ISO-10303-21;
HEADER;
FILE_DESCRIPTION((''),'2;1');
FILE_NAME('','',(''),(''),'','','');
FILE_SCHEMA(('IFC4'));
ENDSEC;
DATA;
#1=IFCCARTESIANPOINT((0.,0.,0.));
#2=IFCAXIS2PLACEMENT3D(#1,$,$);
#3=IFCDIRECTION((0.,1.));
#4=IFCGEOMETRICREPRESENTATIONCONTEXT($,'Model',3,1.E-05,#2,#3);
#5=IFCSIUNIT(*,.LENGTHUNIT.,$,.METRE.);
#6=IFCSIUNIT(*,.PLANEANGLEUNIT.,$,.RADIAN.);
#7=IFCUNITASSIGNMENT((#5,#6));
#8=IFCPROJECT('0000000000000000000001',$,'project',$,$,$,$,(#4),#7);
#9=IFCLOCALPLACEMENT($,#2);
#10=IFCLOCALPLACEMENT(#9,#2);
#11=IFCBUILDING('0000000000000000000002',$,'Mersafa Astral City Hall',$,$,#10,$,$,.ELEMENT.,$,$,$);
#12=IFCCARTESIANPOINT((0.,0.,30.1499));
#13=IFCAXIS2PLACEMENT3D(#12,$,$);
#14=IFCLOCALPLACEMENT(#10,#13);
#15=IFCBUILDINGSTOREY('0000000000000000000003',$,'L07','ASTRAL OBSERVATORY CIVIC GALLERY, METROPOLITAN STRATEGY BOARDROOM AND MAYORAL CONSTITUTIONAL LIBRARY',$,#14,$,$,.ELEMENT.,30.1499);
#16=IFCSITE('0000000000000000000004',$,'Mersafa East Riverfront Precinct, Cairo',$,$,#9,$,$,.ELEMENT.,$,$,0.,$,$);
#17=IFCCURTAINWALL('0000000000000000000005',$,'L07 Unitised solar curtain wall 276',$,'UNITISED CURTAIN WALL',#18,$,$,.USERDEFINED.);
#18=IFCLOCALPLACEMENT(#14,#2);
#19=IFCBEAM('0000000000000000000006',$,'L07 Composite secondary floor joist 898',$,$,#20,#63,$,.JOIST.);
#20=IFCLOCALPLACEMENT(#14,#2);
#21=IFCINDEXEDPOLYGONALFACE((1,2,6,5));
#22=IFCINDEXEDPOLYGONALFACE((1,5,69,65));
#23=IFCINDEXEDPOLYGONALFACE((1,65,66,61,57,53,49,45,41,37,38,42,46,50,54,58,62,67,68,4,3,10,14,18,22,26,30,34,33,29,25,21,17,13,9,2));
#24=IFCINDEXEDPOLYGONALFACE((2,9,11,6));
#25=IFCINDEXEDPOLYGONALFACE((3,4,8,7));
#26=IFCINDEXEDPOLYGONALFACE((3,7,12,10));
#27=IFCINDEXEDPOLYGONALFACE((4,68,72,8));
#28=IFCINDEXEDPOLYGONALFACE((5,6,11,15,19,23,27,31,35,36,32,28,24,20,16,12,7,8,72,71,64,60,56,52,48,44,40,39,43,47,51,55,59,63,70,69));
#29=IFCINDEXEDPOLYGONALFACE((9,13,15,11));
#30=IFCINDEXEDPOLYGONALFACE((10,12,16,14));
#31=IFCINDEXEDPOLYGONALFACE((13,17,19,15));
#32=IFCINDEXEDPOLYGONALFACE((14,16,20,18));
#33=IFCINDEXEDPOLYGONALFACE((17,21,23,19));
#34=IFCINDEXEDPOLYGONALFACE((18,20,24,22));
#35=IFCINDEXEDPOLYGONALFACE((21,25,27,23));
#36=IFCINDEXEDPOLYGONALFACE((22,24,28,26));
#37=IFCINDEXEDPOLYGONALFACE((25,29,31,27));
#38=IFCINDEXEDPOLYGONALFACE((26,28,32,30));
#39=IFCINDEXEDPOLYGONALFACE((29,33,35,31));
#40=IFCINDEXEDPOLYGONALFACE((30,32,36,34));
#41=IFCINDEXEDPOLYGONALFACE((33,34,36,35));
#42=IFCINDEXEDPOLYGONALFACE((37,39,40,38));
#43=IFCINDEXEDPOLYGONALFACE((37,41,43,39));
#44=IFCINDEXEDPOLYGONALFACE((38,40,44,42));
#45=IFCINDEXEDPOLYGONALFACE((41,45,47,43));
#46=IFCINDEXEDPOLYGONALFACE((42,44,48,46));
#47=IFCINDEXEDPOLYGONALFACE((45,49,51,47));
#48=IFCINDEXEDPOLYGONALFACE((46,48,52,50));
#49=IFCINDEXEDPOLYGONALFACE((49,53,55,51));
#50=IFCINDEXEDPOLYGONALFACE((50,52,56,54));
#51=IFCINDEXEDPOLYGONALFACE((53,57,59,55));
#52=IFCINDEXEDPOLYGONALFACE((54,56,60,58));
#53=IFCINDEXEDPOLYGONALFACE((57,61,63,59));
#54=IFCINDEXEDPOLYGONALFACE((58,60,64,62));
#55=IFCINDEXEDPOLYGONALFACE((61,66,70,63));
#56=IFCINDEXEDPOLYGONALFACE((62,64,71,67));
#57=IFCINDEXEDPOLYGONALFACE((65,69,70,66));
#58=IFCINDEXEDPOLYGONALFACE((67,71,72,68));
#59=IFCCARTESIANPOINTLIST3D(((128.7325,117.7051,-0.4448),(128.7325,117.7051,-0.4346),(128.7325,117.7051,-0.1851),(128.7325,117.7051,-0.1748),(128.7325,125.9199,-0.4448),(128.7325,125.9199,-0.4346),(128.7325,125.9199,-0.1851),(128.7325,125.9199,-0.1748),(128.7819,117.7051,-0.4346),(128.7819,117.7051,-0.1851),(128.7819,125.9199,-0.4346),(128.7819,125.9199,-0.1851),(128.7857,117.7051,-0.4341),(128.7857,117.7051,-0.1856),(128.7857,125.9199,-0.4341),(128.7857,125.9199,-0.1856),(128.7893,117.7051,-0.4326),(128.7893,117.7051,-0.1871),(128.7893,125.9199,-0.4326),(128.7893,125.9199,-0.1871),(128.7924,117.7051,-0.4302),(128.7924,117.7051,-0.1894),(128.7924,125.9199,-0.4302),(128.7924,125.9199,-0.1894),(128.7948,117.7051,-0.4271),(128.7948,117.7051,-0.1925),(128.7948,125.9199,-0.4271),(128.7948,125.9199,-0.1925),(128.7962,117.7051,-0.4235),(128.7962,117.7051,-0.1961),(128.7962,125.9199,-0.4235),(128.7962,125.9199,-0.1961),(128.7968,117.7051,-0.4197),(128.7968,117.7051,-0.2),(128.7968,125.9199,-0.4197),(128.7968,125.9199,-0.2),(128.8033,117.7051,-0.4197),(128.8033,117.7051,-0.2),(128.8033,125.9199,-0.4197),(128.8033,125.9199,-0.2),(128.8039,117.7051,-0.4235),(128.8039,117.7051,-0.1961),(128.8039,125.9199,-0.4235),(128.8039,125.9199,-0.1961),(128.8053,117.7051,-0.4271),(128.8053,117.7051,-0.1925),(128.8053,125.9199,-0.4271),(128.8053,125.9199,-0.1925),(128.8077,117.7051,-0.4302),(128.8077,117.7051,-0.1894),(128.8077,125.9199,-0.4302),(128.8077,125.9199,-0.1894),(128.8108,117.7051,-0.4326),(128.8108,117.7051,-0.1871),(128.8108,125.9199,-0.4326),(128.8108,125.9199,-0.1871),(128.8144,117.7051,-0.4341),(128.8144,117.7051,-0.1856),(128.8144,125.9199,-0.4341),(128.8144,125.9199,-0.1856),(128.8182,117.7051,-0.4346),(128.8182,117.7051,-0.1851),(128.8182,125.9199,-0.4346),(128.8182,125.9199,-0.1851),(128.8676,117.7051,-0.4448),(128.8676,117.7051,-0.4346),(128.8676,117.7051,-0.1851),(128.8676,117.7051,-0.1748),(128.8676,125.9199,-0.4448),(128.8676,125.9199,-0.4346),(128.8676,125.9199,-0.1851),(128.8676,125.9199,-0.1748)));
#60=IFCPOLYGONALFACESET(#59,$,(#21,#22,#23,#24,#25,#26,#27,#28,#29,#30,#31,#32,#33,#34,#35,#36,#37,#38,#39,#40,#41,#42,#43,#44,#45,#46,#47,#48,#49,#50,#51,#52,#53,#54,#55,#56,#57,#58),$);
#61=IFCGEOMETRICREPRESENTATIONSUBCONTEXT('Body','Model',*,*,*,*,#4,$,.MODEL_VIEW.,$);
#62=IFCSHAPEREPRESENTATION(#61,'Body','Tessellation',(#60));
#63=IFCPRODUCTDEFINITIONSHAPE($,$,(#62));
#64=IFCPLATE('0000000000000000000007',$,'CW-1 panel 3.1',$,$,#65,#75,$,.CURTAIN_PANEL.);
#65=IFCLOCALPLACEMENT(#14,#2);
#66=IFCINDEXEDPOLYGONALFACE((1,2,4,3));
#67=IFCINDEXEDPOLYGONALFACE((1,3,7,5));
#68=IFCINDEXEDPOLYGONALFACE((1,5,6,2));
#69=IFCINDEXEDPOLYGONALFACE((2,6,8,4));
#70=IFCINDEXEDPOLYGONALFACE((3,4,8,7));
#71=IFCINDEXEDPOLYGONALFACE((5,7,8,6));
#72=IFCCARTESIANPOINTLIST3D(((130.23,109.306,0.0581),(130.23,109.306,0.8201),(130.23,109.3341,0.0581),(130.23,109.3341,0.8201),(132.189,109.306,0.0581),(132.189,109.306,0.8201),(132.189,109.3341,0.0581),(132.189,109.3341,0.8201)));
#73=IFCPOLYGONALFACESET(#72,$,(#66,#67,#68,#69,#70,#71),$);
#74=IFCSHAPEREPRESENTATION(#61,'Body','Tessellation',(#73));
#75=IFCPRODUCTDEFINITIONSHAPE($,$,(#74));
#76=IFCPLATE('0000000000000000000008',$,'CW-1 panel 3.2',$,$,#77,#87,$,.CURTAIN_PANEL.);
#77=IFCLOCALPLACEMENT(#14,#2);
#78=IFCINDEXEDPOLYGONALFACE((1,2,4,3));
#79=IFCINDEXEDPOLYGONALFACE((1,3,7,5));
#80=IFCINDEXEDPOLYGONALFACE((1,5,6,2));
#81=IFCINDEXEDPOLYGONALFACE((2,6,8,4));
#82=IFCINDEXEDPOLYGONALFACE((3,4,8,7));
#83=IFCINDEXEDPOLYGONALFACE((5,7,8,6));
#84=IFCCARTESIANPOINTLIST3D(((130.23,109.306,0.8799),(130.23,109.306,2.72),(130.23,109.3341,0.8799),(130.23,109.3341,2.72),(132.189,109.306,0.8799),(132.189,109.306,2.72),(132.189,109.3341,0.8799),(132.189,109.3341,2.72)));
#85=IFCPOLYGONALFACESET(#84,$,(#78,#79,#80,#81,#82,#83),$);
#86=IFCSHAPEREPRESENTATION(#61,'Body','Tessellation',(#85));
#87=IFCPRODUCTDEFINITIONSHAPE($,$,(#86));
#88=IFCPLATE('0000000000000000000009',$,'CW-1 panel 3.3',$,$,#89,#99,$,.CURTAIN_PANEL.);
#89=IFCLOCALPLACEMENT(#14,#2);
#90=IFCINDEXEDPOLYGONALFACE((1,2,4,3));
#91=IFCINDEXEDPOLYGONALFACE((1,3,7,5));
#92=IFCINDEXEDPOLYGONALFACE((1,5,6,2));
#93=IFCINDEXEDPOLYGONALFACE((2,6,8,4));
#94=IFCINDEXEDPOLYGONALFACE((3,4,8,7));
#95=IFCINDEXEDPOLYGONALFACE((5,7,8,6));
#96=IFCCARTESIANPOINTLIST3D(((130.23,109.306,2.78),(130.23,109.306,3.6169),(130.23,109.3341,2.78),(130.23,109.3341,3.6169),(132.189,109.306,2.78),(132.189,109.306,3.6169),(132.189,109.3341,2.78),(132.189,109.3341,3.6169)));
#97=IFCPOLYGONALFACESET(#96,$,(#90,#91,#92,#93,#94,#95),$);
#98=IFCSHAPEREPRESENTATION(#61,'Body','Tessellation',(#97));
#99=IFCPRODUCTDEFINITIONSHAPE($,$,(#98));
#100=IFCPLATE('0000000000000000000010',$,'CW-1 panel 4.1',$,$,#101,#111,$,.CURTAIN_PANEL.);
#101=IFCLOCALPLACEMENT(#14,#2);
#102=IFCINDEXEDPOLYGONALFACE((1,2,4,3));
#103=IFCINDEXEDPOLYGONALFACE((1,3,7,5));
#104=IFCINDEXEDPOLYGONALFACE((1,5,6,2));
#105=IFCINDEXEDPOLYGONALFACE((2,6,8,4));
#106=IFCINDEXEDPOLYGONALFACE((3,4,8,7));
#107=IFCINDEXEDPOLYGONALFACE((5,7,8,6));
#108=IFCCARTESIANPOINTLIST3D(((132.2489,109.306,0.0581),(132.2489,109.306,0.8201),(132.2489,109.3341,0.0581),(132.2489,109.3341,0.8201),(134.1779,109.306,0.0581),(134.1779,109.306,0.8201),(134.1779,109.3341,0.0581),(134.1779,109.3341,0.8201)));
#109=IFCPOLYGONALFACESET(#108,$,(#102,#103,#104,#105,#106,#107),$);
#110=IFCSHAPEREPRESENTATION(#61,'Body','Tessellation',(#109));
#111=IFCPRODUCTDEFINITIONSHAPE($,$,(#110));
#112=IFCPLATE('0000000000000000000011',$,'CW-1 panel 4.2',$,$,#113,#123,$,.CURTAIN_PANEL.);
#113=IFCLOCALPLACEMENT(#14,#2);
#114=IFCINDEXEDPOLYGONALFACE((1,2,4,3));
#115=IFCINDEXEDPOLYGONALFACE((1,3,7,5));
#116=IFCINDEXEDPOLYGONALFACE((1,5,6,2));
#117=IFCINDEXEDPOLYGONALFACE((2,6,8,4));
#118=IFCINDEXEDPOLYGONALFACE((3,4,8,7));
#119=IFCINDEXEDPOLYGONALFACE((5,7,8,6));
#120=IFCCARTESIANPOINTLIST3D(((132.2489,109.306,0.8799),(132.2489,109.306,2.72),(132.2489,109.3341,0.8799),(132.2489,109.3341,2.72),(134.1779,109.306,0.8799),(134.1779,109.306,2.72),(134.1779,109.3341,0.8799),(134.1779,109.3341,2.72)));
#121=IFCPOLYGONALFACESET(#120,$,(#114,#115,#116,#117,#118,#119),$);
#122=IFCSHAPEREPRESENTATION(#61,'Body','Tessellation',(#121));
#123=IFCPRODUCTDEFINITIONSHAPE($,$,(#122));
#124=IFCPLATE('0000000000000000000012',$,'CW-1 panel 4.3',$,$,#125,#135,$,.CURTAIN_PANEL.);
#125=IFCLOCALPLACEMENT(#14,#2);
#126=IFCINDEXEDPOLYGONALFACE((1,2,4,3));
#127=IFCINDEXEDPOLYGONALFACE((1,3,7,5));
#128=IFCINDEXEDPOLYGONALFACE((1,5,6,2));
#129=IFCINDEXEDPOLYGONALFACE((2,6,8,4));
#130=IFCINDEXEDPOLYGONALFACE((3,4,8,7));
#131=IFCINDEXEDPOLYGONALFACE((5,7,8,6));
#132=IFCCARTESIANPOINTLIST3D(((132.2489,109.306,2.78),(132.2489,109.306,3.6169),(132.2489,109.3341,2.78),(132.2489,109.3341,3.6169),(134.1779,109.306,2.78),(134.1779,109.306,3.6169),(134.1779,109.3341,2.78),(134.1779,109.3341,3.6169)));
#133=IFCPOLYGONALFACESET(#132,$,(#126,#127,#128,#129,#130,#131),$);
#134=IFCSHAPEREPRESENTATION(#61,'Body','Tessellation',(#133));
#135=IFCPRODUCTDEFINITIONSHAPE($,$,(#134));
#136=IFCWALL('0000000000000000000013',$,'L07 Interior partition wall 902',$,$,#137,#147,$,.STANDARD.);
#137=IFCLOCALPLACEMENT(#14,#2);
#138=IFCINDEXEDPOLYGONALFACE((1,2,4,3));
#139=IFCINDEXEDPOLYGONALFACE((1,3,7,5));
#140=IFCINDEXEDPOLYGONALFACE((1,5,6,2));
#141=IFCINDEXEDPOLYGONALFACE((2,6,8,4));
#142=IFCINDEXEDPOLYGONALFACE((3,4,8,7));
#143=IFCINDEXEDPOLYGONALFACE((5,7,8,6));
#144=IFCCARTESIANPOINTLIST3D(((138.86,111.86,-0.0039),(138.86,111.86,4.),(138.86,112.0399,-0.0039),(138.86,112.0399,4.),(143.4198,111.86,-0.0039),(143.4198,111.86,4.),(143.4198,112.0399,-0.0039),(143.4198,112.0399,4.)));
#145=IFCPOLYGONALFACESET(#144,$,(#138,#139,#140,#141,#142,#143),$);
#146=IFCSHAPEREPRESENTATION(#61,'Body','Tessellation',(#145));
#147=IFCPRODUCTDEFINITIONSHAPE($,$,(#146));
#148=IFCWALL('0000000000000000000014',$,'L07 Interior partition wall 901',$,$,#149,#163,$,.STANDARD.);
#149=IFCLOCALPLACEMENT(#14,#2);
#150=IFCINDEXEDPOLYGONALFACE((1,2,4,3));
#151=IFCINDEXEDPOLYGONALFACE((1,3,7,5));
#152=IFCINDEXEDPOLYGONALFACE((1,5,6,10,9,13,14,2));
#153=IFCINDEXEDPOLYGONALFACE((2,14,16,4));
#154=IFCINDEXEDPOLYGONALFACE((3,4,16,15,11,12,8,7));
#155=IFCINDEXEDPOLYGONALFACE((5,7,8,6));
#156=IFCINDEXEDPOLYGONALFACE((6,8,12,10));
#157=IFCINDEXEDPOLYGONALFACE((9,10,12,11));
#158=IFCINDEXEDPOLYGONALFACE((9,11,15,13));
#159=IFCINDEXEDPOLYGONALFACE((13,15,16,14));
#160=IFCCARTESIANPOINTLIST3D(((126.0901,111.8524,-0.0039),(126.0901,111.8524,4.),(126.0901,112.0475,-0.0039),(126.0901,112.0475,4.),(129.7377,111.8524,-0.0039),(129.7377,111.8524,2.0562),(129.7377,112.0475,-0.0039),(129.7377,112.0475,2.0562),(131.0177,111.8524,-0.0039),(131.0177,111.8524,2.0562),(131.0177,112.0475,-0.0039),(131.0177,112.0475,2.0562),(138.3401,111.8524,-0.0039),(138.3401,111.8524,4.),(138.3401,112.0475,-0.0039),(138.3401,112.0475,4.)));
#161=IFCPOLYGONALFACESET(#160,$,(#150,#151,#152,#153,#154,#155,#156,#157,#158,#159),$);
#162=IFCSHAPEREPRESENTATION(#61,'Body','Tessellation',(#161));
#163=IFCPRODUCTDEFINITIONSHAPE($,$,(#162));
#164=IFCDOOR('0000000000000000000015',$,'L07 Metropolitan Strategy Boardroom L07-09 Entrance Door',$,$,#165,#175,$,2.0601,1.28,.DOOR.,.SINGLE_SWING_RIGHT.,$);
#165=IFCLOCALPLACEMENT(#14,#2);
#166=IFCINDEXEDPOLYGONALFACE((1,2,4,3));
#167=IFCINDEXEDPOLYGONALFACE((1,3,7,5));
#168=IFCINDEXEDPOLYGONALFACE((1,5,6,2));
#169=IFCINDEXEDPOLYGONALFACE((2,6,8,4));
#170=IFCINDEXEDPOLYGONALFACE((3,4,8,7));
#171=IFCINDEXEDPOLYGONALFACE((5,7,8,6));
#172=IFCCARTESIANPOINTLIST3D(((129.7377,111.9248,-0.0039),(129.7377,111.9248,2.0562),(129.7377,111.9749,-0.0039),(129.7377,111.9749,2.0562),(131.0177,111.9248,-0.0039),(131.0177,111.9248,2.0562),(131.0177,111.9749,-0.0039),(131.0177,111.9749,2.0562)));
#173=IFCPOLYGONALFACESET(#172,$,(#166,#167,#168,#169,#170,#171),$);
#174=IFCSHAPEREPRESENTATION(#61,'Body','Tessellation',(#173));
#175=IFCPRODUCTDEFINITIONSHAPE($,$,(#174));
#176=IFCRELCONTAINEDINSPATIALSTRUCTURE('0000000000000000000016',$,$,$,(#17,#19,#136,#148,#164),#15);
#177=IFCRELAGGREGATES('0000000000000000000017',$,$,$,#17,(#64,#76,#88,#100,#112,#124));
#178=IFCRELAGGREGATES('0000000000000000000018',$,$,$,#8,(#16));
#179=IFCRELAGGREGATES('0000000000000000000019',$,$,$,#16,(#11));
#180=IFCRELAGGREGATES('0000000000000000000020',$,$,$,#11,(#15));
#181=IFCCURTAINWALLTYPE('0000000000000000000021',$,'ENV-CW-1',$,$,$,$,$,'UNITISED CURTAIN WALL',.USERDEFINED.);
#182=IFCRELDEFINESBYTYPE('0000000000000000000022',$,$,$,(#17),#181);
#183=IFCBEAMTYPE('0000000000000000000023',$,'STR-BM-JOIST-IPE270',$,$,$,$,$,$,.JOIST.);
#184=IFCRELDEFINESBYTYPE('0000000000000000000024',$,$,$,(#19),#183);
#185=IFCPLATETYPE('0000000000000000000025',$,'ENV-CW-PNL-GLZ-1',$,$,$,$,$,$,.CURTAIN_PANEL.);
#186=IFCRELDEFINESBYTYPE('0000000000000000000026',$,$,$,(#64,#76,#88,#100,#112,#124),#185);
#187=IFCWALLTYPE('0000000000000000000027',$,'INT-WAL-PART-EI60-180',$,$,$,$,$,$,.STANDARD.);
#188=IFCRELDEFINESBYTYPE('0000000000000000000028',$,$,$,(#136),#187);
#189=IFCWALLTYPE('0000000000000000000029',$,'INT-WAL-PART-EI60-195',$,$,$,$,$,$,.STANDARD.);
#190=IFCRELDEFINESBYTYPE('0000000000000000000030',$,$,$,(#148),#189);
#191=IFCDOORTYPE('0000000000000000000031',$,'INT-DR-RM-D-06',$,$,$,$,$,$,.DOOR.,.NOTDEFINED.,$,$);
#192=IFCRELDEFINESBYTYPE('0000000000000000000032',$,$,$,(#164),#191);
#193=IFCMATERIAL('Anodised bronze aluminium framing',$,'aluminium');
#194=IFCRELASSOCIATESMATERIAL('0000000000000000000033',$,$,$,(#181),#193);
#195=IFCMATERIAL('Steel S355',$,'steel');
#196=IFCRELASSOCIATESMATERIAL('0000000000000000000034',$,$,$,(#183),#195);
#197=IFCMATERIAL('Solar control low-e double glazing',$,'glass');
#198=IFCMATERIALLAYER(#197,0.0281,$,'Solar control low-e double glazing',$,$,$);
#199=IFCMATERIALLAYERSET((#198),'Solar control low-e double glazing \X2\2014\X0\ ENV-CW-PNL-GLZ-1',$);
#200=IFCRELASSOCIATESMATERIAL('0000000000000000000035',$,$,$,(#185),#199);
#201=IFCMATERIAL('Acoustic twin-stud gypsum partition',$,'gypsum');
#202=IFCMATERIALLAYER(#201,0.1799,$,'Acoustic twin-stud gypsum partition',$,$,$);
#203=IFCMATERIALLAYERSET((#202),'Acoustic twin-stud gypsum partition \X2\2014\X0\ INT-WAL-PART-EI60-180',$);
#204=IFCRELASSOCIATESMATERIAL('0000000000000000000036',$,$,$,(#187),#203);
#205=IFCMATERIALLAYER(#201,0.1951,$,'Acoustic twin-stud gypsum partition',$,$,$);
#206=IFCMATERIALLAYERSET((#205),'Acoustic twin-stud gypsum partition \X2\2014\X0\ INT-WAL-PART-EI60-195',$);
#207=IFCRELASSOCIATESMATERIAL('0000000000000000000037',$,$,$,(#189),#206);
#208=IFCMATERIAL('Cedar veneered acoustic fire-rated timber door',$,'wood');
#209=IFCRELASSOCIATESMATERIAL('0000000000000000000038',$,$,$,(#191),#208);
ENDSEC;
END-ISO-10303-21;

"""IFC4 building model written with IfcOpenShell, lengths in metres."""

from ifc_helpers import new_model, si_unit, direction, frame, frame_2d, origin, origin_2d, place, context, subcontext, project, spatial, rectangle, i_section, extrude, material, layer, layer_set, material_profile, profile_set, type_object, element, fill, aggregate, save


model = new_model("IFC4")

# Units and contexts
model_context = context("Model", 3, precision=1e-05, world=origin(), true_north=direction((0.0, 1.0)))
body_context = subcontext(model_context, "Body", "Model", "MODEL_VIEW")
ifc_project = project(units=[si_unit("LENGTHUNIT", "METRE"), si_unit("PLANEANGLEUNIT", "RADIAN")], contexts=[model_context])

# Site, building, storey
site_placement = place(None, origin())
site = spatial("IfcSite", under=ifc_project, at=site_placement, Name="Mersafa East Riverfront Precinct, Cairo", CompositionType="ELEMENT", RefElevation=0.0)
building_placement = place(site_placement, origin())
building = spatial("IfcBuilding", under=site, at=building_placement, Name="Mersafa Astral City Hall", CompositionType="ELEMENT")
storey_placement = place(building_placement, frame((0.0, 0.0, 30.1499)))
storey = spatial("IfcBuildingStorey", under=building, at=storey_placement, Name="L07", Description="ASTRAL OBSERVATORY CIVIC GALLERY, METROPOLITAN STRATEGY BOARDROOM AND MAYORAL CONSTITUTIONAL LIBRARY", CompositionType="ELEMENT", Elevation=30.1499)

# Shared definitions
ifc_material_1 = material(Name="Steel S355", Category="steel")

# Curtain wall
ifc_material_2 = material(Name="Anodised bronze aluminium framing", Category="aluminium")
curtain_wall_type = type_object("IfcCurtainWallType", Name="ENV-CW-1", ElementType="UNITISED CURTAIN WALL", PredefinedType="USERDEFINED", material=ifc_material_2)
curtain_wall_placement = place(storey_placement, origin())
curtain_wall = element("IfcCurtainWall", 1, at=curtain_wall_placement, inside=storey, type_object=curtain_wall_type, Name="L07 Unitised solar curtain wall 276", ObjectType="UNITISED CURTAIN WALL", PredefinedType="USERDEFINED")

# Beam
ifc_material_profile_1 = material_profile(ifc_material_1, i_section(OverallWidth=0.135, OverallDepth=0.27, WebThickness=0.0066, FlangeThickness=0.0103, FilletRadius=0.0149, at=origin_2d()), Name="IPE 270")
ifc_profile_set_1 = profile_set([ifc_material_profile_1], Name="Steel S355")
beam_type_1 = type_object("IfcBeamType", Name="STR-BM-JOIST-IPE270", PredefinedType="JOIST", material=ifc_profile_set_1)
beam_1_placement = place(storey_placement, frame((128.8, 117.7051, -0.3098), z_axis=(0.0, 1.0, 0.0), x_axis=(-1.0, 0.0, 0.0)))
element("IfcBeam", 2, at=beam_1_placement, inside=storey, type_object=beam_type_1, Name="L07 Composite secondary floor joist 898", PredefinedType="JOIST", context=body_context, shape_type="SweptSolid", body=[
    extrude(i_section(OverallWidth=0.135, OverallDepth=0.27, WebThickness=0.0066, FlangeThickness=0.0103, FilletRadius=0.0149, at=origin_2d()), origin(), (0.0, 0.0, 1.0), 8.2148),
])

# Plates
ifc_material_3 = material(Name="Solar control low-e double glazing", Category="glass")
ifc_layer_1 = layer(ifc_material_3, 0.0281, Name="Solar control low-e double glazing")
ifc_layer_set_1 = layer_set([ifc_layer_1], Name="Solar control low-e double glazing — ENV-CW-PNL-GLZ-1")
plate_type = type_object("IfcPlateType", Name="ENV-CW-PNL-GLZ-1", PredefinedType="CURTAIN_PANEL", material=ifc_layer_set_1)
plate_1_placement = place(storey_placement, frame((131.2095, 109.3201, 0.0581), z_axis=(0.0, 0.0, 1.0), x_axis=(1.0, 0.0, 0.0)))
plate_1 = element("IfcPlate", 3, at=plate_1_placement, type_object=plate_type, Name="CW-1 panel 3.1", PredefinedType="CURTAIN_PANEL", context=body_context, shape_type="SweptSolid", body=[
    extrude(rectangle(XDim=1.959, YDim=0.0281, at=origin_2d()), origin(), (0.0, 0.0, 1.0), 0.762),
])
plate_2_placement = place(storey_placement, frame((131.2095, 109.3201, 0.8799), z_axis=(0.0, 0.0, 1.0), x_axis=(1.0, 0.0, 0.0)))
plate_2 = element("IfcPlate", 4, at=plate_2_placement, type_object=plate_type, Name="CW-1 panel 3.2", PredefinedType="CURTAIN_PANEL", context=body_context, shape_type="SweptSolid", body=[
    extrude(rectangle(XDim=1.959, YDim=0.0281, at=origin_2d()), origin(), (0.0, 0.0, 1.0), 1.8401),
])
plate_3_placement = place(storey_placement, frame((131.2095, 109.3201, 2.78), z_axis=(0.0, 0.0, 1.0), x_axis=(1.0, 0.0, 0.0)))
plate_3 = element("IfcPlate", 5, at=plate_3_placement, type_object=plate_type, Name="CW-1 panel 3.3", PredefinedType="CURTAIN_PANEL", context=body_context, shape_type="SweptSolid", body=[
    extrude(rectangle(XDim=1.959, YDim=0.0281, at=origin_2d()), origin(), (0.0, 0.0, 1.0), 0.8369),
])
plate_4_placement = place(storey_placement, frame((133.2134, 109.3201, 0.0581), z_axis=(0.0, 0.0, 1.0), x_axis=(1.0, 0.0, 0.0)))
plate_4 = element("IfcPlate", 6, at=plate_4_placement, type_object=plate_type, Name="CW-1 panel 4.1", PredefinedType="CURTAIN_PANEL", context=body_context, shape_type="SweptSolid", body=[
    extrude(rectangle(XDim=1.929, YDim=0.0281, at=origin_2d()), origin(), (0.0, 0.0, 1.0), 0.762),
])
plate_5_placement = place(storey_placement, frame((133.2134, 109.3201, 0.8799), z_axis=(0.0, 0.0, 1.0), x_axis=(1.0, 0.0, 0.0)))
plate_5 = element("IfcPlate", 7, at=plate_5_placement, type_object=plate_type, Name="CW-1 panel 4.2", PredefinedType="CURTAIN_PANEL", context=body_context, shape_type="SweptSolid", body=[
    extrude(rectangle(XDim=1.929, YDim=0.0281, at=origin_2d()), origin(), (0.0, 0.0, 1.0), 1.8401),
])
plate_6_placement = place(storey_placement, frame((133.2134, 109.3201, 2.78), z_axis=(0.0, 0.0, 1.0), x_axis=(1.0, 0.0, 0.0)))
plate_6 = element("IfcPlate", 8, at=plate_6_placement, type_object=plate_type, Name="CW-1 panel 4.3", PredefinedType="CURTAIN_PANEL", context=body_context, shape_type="SweptSolid", body=[
    extrude(rectangle(XDim=1.929, YDim=0.0281, at=origin_2d()), origin(), (0.0, 0.0, 1.0), 0.8369),
])
aggregate(curtain_wall, [plate_1, plate_2, plate_3, plate_4, plate_5, plate_6])

# Wall
ifc_material_4 = material(Name="Acoustic twin-stud gypsum partition", Category="gypsum")
ifc_layer_2 = layer(ifc_material_4, 0.1799, Name="Acoustic twin-stud gypsum partition")
ifc_layer_set_2 = layer_set([ifc_layer_2], Name="Acoustic twin-stud gypsum partition — INT-WAL-PART-EI60-180")
wall_type_1 = type_object("IfcWallType", Name="INT-WAL-PART-EI60-180", PredefinedType="STANDARD", material=ifc_layer_set_2)
wall_1_placement = place(storey_placement, frame((138.8601, 111.95, -0.0039), z_axis=(0.0, 0.0, 1.0), x_axis=(1.0, 0.0, 0.0)))
element("IfcWall", 9, at=wall_1_placement, inside=storey, type_object=wall_type_1, Name="L07 Interior partition wall 902", PredefinedType="STANDARD", context=body_context, shape_type="SweptSolid", body=[
    extrude(rectangle(XDim=4.5598, YDim=0.1799, at=frame_2d((2.2798, 0.0))), origin(), (0.0, 0.0, 1.0), 4.0039),
])

# Wall, opening, door
ifc_layer_3 = layer(ifc_material_4, 0.1951, Name="Acoustic twin-stud gypsum partition")
ifc_layer_set_3 = layer_set([ifc_layer_3], Name="Acoustic twin-stud gypsum partition — INT-WAL-PART-EI60-195")
wall_type_2 = type_object("IfcWallType", Name="INT-WAL-PART-EI60-195", PredefinedType="STANDARD", material=ifc_layer_set_3)
wall_2_placement = place(storey_placement, frame((126.0901, 111.95, -0.0039), z_axis=(0.0, 0.0, 1.0), x_axis=(1.0, 0.0, 0.0)))
wall_2 = element("IfcWall", 10, at=wall_2_placement, inside=storey, type_object=wall_type_2, Name="L07 Interior partition wall 901", PredefinedType="STANDARD", context=body_context, shape_type="SweptSolid", body=[
    extrude(rectangle(XDim=12.25, YDim=0.1951, at=frame_2d((6.125, 0.0))), origin(), (0.0, 0.0, 1.0), 4.0039),
])
opening_1_placement = place(wall_2_placement, frame((3.6475, 0.0, 0.0)))
opening_1 = element("IfcOpeningElement", 11, at=opening_1_placement, cuts=wall_2, PredefinedType="OPENING", context=body_context, shape_type="SweptSolid", body=[
    extrude(rectangle(XDim=1.28, YDim=2.0601, at=frame_2d((0.6401, 1.03))), frame((0.0, 0.1074, 0.0), z_axis=(0.0, -1.0, 0.0), x_axis=(1.0, 0.0, 0.0)), (0.0, 0.0, 1.0), 0.2151),
])
ifc_material_5 = material(Name="Cedar veneered acoustic fire-rated timber door", Category="wood")
door_type_1 = type_object("IfcDoorType", Name="INT-DR-RM-D-06", OperationType="NOTDEFINED", PredefinedType="DOOR", material=ifc_material_5)
door_1_placement = place(opening_1_placement, origin())
door_1 = element("IfcDoor", 12, at=door_1_placement, inside=storey, type_object=door_type_1, Name="L07 Metropolitan Strategy Boardroom L07-09 Entrance Door", OperationType="SINGLE_SWING_RIGHT", OverallHeight=2.0601, OverallWidth=1.28, PredefinedType="DOOR", context=body_context, shape_type="SweptSolid", body=[
    extrude(rectangle(XDim=1.28, YDim=2.0601, at=frame_2d((0.6401, 1.03))), frame((0.0, 0.0249, 0.0), z_axis=(0.0, -1.0, 0.0), x_axis=(1.0, 0.0, 0.0)), (0.0, 0.0, 1.0), 0.05),
])
fill(opening_1, door_1)

save(model, "model.ifc")
